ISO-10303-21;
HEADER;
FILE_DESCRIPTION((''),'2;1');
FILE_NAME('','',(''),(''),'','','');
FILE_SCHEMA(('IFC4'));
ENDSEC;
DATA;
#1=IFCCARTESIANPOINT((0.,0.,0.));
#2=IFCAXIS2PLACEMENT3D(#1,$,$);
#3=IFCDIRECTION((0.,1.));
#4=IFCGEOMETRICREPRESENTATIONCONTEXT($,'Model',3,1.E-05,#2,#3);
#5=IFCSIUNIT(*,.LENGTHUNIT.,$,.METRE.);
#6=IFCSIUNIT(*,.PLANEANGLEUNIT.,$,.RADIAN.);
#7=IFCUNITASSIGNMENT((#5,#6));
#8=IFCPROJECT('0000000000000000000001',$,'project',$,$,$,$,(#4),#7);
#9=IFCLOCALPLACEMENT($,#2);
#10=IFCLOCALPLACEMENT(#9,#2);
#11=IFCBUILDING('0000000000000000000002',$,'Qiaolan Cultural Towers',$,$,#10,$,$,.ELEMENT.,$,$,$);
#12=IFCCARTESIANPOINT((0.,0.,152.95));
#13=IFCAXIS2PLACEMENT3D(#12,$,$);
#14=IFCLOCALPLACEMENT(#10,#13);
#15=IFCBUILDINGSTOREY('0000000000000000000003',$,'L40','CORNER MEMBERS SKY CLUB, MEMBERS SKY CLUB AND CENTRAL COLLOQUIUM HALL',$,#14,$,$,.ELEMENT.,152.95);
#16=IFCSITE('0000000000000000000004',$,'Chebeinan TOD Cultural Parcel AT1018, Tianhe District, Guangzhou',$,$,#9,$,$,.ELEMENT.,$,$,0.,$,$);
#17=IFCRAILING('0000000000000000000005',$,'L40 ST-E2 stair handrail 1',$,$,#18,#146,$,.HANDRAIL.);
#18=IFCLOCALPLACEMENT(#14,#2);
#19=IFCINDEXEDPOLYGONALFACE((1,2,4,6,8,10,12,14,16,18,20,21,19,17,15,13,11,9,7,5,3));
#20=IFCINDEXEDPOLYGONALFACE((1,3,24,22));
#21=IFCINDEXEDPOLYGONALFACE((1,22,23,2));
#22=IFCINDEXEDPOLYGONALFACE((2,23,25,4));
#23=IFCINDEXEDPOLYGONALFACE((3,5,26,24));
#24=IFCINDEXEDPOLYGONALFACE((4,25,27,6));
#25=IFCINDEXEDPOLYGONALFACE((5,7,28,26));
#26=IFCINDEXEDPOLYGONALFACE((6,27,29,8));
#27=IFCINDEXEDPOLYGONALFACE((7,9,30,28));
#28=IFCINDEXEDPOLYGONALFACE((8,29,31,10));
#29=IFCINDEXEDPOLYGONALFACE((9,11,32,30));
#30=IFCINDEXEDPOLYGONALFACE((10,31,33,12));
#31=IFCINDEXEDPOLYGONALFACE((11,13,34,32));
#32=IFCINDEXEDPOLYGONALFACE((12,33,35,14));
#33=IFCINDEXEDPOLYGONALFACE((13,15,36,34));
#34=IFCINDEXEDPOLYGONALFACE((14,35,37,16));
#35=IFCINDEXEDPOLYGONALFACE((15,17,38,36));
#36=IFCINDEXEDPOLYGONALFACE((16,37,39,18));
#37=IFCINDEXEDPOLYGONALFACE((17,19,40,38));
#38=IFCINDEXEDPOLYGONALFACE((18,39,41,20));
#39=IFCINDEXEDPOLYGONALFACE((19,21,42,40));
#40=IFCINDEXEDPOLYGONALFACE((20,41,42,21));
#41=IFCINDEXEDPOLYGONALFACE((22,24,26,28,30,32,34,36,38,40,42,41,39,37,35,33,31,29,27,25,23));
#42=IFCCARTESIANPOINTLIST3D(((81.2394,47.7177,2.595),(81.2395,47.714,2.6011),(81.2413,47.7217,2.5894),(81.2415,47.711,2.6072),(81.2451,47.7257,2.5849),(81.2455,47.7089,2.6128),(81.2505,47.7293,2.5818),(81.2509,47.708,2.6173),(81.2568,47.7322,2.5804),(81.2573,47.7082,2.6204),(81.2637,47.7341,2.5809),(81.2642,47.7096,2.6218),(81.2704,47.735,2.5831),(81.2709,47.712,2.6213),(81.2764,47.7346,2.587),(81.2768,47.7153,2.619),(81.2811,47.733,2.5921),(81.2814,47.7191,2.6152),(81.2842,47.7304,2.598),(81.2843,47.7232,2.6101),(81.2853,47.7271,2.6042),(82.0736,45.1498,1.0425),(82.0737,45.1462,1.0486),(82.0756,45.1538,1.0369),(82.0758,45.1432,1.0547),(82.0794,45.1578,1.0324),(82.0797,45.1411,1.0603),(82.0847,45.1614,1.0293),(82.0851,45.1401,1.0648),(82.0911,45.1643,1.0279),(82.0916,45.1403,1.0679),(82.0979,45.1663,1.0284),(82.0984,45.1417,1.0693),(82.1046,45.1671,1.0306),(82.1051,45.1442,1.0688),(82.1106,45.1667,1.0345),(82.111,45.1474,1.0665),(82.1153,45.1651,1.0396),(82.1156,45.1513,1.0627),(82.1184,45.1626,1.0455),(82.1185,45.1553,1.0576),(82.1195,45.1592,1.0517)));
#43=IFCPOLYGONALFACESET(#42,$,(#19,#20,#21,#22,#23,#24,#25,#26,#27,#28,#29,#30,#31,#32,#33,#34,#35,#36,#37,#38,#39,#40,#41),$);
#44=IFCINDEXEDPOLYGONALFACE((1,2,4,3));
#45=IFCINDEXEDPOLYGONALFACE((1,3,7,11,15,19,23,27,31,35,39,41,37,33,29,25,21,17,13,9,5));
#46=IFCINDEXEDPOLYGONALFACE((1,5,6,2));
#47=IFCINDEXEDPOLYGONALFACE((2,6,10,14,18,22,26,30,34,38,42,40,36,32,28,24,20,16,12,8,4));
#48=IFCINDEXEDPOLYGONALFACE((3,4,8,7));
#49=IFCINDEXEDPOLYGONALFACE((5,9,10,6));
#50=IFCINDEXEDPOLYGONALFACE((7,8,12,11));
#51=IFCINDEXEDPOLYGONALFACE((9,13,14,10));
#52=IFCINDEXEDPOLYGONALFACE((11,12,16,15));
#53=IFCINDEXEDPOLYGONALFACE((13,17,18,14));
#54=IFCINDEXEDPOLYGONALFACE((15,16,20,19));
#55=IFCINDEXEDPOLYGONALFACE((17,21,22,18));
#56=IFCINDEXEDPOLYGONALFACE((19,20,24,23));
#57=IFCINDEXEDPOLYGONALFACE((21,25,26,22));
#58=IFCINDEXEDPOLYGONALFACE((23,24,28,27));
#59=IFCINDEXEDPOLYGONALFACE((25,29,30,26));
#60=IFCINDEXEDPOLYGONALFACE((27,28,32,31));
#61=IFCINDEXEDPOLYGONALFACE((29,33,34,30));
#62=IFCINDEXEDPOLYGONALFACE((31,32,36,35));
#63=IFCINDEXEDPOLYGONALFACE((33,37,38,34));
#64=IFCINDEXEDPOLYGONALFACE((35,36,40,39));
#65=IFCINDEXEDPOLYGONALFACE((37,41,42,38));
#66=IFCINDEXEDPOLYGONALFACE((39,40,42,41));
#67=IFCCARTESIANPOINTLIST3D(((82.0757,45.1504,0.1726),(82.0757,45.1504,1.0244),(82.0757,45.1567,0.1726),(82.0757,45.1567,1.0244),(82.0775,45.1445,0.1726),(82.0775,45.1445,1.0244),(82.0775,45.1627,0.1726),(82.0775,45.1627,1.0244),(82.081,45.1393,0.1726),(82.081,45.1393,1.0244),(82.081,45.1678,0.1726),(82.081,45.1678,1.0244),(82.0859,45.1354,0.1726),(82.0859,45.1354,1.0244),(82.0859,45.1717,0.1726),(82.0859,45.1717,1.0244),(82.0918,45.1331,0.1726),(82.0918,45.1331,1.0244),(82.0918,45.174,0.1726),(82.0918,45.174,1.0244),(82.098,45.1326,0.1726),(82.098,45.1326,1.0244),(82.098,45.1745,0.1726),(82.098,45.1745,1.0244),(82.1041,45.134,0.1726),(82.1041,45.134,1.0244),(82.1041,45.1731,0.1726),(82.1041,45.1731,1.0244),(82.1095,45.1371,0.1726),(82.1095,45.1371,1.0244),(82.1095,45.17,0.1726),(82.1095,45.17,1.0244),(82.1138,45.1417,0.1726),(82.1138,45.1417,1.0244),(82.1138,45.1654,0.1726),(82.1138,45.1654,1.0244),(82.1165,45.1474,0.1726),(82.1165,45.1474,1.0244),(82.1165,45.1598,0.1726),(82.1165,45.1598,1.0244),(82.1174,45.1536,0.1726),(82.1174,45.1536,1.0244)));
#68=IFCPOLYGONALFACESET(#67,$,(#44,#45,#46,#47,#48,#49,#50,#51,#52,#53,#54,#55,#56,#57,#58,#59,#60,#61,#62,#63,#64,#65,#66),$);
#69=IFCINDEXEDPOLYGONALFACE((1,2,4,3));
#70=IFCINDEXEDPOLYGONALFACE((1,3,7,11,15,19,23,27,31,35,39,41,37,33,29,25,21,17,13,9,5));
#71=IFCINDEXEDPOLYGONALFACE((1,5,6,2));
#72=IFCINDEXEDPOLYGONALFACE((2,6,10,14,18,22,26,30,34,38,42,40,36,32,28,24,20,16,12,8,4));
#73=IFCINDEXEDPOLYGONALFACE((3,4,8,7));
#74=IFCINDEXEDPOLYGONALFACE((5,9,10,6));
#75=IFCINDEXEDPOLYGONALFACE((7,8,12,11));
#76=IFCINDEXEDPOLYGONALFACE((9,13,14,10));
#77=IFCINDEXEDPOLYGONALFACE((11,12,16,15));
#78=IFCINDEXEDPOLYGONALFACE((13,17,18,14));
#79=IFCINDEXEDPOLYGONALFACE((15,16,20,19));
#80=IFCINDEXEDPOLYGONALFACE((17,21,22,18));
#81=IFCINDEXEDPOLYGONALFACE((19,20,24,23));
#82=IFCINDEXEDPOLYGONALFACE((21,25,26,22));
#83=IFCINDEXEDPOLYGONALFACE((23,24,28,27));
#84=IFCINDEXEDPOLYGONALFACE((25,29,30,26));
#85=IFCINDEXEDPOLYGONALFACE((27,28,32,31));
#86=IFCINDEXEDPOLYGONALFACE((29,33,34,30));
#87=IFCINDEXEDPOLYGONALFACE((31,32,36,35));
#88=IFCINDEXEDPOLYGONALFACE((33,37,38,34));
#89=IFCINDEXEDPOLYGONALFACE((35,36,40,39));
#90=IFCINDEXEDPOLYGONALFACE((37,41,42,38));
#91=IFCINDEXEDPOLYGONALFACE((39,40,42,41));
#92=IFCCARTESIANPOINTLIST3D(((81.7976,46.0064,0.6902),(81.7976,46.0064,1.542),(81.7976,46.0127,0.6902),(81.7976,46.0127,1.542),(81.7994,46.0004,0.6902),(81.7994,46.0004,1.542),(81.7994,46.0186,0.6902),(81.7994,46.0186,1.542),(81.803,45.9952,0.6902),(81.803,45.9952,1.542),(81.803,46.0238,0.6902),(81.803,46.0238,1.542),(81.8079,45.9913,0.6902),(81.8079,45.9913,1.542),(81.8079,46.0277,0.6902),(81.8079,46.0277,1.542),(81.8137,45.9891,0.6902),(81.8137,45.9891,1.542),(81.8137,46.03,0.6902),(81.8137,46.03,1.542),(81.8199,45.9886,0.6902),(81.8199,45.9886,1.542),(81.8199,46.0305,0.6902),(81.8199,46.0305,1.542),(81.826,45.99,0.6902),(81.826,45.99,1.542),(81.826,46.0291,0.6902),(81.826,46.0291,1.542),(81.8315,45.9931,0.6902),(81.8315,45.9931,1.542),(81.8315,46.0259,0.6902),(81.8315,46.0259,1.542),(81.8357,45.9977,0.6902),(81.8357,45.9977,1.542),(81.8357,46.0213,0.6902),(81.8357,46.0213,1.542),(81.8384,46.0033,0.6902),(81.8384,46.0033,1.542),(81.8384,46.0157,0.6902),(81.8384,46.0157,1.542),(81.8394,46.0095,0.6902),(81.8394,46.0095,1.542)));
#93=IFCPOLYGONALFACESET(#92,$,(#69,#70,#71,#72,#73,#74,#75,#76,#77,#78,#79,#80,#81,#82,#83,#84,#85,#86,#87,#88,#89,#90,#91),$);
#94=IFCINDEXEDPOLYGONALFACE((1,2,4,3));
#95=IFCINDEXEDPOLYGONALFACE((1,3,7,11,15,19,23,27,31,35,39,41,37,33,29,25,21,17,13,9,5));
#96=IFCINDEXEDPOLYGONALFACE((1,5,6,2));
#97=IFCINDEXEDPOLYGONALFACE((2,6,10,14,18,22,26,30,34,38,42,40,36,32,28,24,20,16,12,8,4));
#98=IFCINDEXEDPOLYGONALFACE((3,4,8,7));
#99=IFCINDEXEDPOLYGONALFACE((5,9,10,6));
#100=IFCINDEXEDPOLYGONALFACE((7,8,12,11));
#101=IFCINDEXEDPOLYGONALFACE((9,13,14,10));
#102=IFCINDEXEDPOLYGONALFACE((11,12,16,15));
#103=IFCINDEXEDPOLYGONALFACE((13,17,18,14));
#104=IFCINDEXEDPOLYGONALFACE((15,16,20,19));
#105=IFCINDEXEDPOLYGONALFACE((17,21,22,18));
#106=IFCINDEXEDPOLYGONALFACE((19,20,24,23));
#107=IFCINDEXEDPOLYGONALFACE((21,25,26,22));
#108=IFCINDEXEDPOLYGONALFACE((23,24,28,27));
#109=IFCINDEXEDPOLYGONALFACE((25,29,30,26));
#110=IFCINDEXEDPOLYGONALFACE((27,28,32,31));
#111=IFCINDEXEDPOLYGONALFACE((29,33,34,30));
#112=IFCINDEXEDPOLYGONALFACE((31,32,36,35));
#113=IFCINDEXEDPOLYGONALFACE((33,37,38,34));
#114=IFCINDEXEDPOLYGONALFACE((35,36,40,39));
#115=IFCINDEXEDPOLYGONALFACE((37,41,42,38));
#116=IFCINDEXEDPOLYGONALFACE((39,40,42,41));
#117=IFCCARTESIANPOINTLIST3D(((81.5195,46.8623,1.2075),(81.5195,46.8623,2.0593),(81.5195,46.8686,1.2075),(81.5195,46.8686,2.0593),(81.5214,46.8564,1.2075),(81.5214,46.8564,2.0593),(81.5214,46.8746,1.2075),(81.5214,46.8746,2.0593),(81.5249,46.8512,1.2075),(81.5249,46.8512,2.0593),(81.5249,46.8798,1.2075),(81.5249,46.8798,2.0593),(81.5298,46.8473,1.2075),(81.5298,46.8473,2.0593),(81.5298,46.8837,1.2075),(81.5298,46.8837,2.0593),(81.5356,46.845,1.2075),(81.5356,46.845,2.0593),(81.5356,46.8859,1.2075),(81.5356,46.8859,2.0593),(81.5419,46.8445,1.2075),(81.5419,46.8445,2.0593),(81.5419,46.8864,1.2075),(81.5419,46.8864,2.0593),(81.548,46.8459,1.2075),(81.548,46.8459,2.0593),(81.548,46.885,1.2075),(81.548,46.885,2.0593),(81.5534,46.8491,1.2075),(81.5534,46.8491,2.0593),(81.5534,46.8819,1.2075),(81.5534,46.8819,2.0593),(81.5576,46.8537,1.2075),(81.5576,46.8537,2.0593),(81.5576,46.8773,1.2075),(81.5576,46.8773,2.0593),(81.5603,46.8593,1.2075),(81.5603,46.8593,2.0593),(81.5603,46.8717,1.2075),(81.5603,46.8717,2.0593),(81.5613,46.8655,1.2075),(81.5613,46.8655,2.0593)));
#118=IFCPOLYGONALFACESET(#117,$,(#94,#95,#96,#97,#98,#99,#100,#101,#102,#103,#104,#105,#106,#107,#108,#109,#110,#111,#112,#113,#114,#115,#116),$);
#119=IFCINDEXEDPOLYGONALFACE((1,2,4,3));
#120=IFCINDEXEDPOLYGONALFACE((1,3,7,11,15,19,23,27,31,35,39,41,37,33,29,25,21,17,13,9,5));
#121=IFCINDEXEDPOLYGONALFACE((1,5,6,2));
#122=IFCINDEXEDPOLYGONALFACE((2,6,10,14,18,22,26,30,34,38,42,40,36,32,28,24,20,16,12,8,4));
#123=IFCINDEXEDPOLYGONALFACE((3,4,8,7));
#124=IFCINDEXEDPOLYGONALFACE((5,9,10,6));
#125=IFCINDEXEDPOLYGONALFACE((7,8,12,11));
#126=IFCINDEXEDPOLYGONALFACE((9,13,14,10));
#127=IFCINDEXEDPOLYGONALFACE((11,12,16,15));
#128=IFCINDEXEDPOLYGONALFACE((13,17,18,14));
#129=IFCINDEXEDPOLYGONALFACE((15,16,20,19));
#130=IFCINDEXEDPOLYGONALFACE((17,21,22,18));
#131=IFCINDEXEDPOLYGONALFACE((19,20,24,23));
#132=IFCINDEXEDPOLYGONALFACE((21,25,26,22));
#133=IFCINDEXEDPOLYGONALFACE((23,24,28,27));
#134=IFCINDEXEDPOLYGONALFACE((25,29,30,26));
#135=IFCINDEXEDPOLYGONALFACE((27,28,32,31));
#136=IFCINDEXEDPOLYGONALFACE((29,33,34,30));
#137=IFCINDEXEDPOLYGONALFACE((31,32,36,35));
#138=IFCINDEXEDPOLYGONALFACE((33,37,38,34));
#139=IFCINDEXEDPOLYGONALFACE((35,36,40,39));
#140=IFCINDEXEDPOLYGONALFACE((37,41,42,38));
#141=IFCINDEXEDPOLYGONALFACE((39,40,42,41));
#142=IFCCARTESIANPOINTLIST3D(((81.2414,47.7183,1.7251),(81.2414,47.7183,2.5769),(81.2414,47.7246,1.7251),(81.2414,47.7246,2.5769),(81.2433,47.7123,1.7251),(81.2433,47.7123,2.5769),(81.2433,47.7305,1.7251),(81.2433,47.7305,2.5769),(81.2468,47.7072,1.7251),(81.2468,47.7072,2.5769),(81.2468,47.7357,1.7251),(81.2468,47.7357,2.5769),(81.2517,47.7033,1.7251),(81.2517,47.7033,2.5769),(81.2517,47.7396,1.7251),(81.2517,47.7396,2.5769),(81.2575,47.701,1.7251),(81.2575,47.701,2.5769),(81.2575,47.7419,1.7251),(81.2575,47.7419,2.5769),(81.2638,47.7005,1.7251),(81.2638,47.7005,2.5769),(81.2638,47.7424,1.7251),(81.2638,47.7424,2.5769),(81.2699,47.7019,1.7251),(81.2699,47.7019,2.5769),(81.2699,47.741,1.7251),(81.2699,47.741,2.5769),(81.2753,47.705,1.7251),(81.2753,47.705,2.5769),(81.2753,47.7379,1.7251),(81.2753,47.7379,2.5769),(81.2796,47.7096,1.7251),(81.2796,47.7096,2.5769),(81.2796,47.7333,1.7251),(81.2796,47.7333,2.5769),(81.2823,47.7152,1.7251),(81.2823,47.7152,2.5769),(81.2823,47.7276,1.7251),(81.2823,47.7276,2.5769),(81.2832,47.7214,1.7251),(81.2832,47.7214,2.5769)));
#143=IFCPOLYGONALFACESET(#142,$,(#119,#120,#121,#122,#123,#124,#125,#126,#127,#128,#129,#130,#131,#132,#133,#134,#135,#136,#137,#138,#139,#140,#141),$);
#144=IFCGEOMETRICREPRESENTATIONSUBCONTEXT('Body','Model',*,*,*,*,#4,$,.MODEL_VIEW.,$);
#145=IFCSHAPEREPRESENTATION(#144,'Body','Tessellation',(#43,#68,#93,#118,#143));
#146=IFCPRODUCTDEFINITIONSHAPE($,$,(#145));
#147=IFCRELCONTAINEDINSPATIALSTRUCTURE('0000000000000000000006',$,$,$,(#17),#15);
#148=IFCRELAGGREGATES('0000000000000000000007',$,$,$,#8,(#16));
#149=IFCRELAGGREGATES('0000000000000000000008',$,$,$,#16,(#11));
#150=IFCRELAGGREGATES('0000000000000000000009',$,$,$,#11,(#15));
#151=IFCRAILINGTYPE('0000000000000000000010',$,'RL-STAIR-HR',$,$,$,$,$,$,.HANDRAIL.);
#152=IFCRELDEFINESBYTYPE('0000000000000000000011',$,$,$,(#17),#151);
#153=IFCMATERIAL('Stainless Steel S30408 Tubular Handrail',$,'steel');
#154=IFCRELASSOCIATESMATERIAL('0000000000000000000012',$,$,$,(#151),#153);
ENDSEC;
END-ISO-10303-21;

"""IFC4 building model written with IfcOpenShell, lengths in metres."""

from ifc_helpers import new_model, si_unit, direction, frame, origin, origin_2d, place, context, subcontext, project, spatial, circle, extrude, material, type_object, element, save


model = new_model("IFC4")

# Units and contexts
model_context = context("Model", 3, precision=1e-05, world=origin(), true_north=direction((0.0, 1.0)))
body_context = subcontext(model_context, "Body", "Model", "MODEL_VIEW")
ifc_project = project(units=[si_unit("LENGTHUNIT", "METRE"), si_unit("PLANEANGLEUNIT", "RADIAN")], contexts=[model_context])

# Site, building, storey
site_placement = place(None, origin())
site = spatial("IfcSite", under=ifc_project, at=site_placement, Name="Chebeinan TOD Cultural Parcel AT1018, Tianhe District, Guangzhou", CompositionType="ELEMENT", RefElevation=0.0)
building_placement = place(site_placement, origin())
building = spatial("IfcBuilding", under=site, at=building_placement, Name="Qiaolan Cultural Towers", CompositionType="ELEMENT")
storey_placement = place(building_placement, frame((0.0, 0.0, 152.95)))
storey = spatial("IfcBuildingStorey", under=building, at=storey_placement, Name="L40", Description="CORNER MEMBERS SKY CLUB, MEMBERS SKY CLUB AND CENTRAL COLLOQUIUM HALL", CompositionType="ELEMENT", Elevation=152.95)

# Railing
ifc_material_1 = material(Name="Stainless Steel S30408 Tubular Handrail", Category="steel")
railing_type_1 = type_object("IfcRailingType", Name="RL-STAIR-HR", PredefinedType="HANDRAIL", material=ifc_material_1)
railing_1_placement = place(storey_placement, frame((82.0964, 45.1536, 0.1726)))
element("IfcRailing", 1, at=railing_1_placement, inside=storey, type_object=railing_type_1, Name="L40 ST-E2 stair handrail 1", PredefinedType="HANDRAIL", context=body_context, shape_type="SweptSolid", body=[
    extrude(circle(Radius=0.0239, at=origin_2d()), frame((0.0, 0.0, 0.876), z_axis=(-0.267853, 0.824488, 0.498471), x_axis=(-0.95107, -0.308976, 0.0)), (0.0, 0.0, 1.0), 3.1145),
    extrude(circle(Radius=0.021, at=origin_2d()), origin(), (0.0, 0.0, 1.0), 0.8518),
    extrude(circle(Radius=0.021, at=origin_2d()), frame((-0.2781, 0.856, 0.5176)), (0.0, 0.0, 1.0), 0.8518),
    extrude(circle(Radius=0.021, at=origin_2d()), frame((-0.5562, 1.7119, 1.0349)), (0.0, 0.0, 1.0), 0.8518),
    extrude(circle(Radius=0.021, at=origin_2d()), frame((-0.8342, 2.5679, 1.5525)), (0.0, 0.0, 1.0), 0.8518),
])

save(model, "model.ifc")
